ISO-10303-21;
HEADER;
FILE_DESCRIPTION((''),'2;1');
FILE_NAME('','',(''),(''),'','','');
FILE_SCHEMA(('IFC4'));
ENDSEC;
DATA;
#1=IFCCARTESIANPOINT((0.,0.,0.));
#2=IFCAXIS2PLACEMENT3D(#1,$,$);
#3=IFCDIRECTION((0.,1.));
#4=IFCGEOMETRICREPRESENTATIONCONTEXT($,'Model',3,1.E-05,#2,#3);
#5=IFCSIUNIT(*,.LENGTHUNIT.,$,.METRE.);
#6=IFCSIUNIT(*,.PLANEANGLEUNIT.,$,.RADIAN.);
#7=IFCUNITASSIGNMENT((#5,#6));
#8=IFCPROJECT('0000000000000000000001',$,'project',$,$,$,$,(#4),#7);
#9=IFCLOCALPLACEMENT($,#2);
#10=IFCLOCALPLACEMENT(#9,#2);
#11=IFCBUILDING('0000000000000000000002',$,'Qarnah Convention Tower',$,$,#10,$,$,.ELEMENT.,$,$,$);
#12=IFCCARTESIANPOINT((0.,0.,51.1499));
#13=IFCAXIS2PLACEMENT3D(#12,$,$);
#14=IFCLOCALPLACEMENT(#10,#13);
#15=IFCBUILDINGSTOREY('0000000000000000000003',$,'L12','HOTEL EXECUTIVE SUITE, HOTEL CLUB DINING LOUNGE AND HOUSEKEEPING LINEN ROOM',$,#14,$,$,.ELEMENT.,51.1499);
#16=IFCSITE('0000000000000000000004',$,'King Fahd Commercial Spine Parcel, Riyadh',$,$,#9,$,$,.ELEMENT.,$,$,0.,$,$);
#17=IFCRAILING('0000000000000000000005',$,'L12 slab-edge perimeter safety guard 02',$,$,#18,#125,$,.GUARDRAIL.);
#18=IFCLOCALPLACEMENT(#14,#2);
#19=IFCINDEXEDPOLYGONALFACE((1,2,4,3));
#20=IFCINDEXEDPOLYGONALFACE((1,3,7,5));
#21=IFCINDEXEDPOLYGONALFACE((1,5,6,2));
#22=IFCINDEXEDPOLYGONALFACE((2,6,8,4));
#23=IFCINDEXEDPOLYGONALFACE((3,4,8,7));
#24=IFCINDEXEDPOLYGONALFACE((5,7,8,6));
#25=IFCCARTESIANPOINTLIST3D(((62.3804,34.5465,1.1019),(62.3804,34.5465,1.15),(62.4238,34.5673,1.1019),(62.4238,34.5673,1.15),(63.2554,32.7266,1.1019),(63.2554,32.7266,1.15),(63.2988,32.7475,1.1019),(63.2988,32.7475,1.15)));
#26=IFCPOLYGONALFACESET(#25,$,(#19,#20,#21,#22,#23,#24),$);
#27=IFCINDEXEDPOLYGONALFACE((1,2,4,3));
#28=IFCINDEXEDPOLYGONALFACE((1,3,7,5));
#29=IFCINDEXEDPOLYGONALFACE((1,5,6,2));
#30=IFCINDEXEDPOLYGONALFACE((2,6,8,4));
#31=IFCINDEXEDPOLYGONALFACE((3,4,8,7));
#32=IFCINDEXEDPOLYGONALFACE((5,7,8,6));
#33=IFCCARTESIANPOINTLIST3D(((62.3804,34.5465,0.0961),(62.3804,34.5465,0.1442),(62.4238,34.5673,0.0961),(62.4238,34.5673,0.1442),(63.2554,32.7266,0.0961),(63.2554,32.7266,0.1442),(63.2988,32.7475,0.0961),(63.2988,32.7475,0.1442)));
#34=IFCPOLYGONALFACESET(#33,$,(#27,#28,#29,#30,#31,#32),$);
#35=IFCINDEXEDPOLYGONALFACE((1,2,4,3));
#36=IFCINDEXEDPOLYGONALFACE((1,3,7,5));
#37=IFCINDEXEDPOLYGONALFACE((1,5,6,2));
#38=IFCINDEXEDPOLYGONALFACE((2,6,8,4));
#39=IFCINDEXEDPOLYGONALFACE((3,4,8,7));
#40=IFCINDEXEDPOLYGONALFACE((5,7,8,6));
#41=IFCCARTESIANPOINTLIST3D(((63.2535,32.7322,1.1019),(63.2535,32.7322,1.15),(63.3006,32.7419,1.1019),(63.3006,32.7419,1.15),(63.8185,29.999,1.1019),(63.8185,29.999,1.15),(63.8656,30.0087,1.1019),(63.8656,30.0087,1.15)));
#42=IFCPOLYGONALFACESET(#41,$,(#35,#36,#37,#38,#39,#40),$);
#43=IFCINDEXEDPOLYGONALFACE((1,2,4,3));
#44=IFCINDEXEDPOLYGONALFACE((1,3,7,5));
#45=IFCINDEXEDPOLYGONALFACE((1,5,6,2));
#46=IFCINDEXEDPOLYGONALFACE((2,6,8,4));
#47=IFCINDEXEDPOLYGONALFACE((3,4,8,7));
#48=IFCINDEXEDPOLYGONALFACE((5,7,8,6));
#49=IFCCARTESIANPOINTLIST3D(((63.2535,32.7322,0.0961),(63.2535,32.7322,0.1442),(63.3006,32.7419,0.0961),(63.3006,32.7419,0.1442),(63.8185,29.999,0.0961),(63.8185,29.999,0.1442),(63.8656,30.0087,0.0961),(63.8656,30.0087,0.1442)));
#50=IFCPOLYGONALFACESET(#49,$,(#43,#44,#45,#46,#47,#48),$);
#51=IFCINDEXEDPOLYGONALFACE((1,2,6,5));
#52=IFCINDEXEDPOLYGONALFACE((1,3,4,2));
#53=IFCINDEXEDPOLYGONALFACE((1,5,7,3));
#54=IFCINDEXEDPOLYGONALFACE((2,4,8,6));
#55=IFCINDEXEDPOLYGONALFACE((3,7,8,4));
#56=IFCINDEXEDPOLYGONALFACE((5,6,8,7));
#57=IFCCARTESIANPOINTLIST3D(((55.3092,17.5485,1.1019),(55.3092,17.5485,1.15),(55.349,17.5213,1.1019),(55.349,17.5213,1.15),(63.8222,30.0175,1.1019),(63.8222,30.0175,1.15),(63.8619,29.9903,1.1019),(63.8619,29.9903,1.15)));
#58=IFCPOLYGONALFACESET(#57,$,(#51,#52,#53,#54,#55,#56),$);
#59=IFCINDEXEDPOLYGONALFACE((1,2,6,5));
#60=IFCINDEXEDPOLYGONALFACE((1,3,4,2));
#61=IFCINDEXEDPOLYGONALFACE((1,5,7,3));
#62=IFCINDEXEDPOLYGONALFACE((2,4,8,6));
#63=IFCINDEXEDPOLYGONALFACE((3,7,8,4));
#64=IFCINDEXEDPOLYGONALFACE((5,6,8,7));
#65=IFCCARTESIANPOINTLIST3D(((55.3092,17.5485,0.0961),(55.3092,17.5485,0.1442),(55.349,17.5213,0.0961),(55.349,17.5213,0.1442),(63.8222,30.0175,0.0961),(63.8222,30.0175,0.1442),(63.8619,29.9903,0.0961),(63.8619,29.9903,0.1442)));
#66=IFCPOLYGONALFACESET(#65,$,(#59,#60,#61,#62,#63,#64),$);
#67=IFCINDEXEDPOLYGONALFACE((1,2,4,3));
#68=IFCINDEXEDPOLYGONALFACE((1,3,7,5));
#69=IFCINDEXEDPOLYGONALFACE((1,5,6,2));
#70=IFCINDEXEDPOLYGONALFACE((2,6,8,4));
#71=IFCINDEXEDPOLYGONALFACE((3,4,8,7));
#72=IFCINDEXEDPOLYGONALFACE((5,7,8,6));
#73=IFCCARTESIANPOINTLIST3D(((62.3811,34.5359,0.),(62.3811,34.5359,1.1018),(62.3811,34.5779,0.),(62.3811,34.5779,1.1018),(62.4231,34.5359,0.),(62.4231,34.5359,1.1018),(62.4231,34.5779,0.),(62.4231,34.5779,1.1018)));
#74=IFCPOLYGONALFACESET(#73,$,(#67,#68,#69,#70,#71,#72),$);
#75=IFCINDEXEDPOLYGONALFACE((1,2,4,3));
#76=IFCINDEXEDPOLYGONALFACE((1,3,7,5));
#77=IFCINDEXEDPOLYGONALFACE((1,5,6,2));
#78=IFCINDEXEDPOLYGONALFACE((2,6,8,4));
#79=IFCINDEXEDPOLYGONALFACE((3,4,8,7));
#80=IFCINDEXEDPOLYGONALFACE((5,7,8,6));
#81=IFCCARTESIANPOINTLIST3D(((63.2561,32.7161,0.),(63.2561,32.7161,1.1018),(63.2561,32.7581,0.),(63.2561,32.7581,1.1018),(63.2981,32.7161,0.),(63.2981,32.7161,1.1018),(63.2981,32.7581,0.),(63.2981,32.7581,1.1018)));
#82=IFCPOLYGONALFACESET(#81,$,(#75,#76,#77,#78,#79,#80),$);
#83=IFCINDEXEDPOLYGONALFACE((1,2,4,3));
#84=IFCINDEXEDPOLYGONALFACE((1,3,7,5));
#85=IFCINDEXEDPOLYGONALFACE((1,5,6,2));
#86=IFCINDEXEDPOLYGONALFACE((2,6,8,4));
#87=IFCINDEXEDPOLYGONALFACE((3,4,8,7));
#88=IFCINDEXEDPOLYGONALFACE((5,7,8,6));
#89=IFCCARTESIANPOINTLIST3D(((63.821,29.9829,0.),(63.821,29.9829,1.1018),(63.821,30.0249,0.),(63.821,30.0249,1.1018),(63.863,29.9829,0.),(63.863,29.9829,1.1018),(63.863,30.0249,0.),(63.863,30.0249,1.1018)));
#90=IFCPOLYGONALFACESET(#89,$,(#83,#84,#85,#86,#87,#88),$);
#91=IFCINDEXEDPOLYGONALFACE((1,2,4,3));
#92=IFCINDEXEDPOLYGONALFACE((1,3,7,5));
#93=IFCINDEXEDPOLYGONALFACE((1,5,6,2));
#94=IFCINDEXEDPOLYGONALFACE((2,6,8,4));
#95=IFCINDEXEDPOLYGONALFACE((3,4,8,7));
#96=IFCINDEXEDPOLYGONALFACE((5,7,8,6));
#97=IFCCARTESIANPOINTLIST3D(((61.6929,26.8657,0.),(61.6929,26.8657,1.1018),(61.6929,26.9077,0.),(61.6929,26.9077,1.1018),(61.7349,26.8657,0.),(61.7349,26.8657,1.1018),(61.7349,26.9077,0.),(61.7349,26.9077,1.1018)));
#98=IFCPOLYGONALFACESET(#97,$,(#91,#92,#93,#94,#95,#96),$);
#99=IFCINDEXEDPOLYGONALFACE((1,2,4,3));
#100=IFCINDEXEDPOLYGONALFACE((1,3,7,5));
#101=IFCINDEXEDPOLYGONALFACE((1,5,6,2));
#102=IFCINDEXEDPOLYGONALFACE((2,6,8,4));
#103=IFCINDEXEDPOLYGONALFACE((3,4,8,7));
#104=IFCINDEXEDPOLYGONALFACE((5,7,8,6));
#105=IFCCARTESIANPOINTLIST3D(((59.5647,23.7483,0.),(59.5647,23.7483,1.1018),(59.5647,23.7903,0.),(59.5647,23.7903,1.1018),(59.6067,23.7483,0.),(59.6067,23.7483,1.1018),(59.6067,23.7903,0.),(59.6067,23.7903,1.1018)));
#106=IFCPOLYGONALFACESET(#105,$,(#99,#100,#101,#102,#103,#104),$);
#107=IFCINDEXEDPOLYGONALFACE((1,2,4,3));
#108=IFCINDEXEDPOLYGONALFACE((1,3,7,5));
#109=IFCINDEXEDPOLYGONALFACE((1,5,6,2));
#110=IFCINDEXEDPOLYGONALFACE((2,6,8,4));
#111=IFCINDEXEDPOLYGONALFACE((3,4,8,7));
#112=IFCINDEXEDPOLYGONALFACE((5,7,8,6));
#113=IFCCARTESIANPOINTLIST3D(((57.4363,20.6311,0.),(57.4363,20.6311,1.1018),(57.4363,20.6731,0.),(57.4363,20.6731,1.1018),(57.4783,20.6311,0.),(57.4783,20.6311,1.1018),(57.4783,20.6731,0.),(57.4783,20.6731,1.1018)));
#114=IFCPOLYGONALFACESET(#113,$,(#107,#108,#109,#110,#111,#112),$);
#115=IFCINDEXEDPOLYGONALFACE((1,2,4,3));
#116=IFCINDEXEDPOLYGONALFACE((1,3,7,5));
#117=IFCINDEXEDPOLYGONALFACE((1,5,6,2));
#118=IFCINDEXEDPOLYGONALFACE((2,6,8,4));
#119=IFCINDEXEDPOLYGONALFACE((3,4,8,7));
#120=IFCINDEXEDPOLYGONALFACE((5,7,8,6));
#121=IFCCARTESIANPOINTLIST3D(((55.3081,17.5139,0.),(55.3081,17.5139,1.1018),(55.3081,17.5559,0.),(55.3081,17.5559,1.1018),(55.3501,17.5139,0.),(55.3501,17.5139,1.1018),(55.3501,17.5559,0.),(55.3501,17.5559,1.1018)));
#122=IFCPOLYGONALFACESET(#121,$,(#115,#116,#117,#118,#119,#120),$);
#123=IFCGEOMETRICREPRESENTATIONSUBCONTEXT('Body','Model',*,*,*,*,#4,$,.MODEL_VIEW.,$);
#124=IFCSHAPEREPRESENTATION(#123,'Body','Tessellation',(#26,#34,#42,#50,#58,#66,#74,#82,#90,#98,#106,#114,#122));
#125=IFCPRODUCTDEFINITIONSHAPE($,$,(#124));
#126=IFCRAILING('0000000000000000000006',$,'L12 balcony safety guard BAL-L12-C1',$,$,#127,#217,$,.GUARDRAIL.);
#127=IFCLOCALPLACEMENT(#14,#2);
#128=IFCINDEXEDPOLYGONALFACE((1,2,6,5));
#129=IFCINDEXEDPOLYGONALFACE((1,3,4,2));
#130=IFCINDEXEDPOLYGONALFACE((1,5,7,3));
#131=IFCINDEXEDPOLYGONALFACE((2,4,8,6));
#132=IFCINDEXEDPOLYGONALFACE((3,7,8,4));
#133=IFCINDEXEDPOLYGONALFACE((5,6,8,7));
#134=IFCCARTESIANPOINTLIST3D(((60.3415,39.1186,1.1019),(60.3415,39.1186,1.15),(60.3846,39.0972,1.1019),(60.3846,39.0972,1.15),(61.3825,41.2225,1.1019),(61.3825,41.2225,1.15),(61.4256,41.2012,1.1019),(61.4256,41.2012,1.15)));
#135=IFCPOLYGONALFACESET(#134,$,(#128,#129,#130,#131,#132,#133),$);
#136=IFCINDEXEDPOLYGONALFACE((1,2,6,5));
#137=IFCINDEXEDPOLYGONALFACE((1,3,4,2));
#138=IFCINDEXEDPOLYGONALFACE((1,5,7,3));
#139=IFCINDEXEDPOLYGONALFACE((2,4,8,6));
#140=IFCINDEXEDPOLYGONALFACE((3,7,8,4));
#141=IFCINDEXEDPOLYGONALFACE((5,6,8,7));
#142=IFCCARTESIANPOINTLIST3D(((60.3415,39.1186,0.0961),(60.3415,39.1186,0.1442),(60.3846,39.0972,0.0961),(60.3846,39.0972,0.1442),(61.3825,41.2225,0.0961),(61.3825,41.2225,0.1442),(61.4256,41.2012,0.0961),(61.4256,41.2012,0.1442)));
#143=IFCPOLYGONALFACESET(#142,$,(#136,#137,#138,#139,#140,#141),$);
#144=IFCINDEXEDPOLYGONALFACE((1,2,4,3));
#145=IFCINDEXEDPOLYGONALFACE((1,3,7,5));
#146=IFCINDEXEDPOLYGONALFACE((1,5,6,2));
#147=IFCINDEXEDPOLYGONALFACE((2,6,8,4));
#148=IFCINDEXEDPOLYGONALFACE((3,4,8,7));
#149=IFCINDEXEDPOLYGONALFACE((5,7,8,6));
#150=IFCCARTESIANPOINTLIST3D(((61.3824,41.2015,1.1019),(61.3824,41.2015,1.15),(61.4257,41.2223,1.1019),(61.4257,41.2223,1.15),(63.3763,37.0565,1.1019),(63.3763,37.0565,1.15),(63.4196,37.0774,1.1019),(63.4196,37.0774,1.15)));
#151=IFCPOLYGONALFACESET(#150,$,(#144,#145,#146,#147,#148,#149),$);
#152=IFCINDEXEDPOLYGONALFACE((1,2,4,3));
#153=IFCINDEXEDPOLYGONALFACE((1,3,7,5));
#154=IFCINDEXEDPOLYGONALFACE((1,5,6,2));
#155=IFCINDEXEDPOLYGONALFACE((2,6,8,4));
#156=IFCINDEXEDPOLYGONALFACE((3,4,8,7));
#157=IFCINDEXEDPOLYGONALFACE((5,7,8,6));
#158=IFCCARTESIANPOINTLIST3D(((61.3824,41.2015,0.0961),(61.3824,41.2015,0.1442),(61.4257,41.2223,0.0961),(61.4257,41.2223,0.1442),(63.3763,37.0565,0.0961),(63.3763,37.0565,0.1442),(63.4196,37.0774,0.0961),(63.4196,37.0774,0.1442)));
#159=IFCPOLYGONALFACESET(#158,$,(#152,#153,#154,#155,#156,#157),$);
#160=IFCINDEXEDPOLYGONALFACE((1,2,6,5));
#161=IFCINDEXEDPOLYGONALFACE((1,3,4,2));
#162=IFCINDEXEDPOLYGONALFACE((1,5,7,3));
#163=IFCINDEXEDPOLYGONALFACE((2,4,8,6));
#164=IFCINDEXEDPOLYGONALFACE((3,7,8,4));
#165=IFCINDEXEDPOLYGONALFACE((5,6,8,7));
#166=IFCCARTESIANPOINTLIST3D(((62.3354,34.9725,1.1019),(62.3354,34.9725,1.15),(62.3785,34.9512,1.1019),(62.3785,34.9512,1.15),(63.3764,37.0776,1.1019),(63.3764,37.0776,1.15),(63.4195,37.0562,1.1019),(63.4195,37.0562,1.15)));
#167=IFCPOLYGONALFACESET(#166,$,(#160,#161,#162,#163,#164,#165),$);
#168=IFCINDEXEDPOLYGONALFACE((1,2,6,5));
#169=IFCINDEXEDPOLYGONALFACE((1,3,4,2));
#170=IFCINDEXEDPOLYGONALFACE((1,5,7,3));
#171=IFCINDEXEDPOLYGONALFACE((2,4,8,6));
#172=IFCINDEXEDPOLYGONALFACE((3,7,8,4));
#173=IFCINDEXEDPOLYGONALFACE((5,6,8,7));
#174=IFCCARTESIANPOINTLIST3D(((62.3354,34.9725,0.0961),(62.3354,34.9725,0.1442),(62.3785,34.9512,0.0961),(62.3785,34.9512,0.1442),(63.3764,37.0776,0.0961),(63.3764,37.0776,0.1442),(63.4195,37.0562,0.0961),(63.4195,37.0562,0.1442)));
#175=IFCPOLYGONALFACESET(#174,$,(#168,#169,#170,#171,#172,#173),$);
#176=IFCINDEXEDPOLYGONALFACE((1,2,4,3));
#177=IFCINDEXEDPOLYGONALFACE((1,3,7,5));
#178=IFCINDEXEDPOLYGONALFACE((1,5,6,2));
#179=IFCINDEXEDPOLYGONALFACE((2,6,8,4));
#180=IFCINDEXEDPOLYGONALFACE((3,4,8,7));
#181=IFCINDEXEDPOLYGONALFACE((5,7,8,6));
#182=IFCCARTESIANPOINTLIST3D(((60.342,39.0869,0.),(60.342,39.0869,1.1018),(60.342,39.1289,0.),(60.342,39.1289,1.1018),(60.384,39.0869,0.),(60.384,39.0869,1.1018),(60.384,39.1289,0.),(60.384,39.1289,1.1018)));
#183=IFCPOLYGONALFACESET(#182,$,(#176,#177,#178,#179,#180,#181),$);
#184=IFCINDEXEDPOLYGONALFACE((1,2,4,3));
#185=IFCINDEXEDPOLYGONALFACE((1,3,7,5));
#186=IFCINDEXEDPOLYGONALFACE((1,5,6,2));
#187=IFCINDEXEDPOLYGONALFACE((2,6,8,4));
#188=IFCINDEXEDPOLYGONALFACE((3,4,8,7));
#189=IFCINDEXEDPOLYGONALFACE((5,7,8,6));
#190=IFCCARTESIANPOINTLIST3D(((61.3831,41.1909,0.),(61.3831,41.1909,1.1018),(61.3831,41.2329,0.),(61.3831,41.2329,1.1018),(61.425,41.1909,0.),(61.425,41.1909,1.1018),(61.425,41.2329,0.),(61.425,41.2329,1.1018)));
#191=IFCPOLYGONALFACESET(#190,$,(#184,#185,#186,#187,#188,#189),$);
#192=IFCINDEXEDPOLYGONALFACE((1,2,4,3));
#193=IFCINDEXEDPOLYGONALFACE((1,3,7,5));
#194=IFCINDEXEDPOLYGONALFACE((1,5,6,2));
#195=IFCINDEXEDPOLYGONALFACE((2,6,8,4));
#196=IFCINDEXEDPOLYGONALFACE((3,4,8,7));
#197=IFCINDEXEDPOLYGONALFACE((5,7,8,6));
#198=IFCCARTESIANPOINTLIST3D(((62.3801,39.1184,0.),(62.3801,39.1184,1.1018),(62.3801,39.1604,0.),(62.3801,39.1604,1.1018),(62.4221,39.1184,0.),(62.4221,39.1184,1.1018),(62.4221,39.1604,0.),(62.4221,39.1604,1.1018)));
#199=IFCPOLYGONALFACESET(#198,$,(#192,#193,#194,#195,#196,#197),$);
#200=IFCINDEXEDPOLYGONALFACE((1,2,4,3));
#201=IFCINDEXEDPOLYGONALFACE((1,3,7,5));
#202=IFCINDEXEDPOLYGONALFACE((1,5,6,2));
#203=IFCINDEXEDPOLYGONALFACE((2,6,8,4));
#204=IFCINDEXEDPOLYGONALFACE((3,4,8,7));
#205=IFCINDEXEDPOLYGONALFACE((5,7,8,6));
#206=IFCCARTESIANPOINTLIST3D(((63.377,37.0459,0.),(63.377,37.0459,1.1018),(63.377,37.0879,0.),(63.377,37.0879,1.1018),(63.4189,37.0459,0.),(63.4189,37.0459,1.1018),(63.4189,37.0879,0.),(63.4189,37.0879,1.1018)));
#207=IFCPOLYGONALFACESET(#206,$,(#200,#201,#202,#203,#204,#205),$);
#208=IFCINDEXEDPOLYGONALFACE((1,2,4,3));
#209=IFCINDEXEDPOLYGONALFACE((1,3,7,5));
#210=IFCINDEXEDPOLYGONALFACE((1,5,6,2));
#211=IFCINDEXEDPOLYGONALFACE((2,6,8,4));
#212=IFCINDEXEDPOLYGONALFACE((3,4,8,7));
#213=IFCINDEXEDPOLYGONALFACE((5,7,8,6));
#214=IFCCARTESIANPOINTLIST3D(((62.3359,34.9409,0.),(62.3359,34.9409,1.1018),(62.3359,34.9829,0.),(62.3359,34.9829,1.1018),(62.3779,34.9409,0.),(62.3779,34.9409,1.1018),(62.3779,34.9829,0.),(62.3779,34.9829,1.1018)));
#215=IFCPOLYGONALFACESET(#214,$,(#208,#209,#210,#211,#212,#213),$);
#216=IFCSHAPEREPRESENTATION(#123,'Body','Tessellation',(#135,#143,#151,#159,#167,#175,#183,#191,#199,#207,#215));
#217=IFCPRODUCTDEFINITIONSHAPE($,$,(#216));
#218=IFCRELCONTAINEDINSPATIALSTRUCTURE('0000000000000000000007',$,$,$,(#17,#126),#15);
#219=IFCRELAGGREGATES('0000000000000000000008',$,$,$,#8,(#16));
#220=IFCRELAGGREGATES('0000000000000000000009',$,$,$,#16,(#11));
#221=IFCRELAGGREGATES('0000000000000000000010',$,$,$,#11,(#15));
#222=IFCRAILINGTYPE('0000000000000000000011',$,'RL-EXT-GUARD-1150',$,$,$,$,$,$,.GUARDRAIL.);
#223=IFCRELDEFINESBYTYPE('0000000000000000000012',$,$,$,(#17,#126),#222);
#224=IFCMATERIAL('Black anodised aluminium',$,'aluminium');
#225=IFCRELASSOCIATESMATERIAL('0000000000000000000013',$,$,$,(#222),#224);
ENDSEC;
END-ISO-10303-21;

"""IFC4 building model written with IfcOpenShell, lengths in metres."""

from ifc_helpers import new_model, si_unit, direction, frame, origin, origin_2d, place, context, subcontext, project, spatial, rectangle, extrude, material, type_object, element, save


model = new_model("IFC4")

# Units and contexts
model_context = context("Model", 3, precision=1e-05, world=origin(), true_north=direction((0.0, 1.0)))
body_context = subcontext(model_context, "Body", "Model", "MODEL_VIEW")
ifc_project = project(units=[si_unit("LENGTHUNIT", "METRE"), si_unit("PLANEANGLEUNIT", "RADIAN")], contexts=[model_context])

# Site, building, storey
site_placement = place(None, origin())
site = spatial("IfcSite", under=ifc_project, at=site_placement, Name="King Fahd Commercial Spine Parcel, Riyadh", CompositionType="ELEMENT", RefElevation=0.0)
building_placement = place(site_placement, origin())
building = spatial("IfcBuilding", under=site, at=building_placement, Name="Qarnah Convention Tower", CompositionType="ELEMENT")
storey_placement = place(building_placement, frame((0.0, 0.0, 51.1499)))
storey = spatial("IfcBuildingStorey", under=building, at=storey_placement, Name="L12", Description="HOTEL EXECUTIVE SUITE, HOTEL CLUB DINING LOUNGE AND HOUSEKEEPING LINEN ROOM", CompositionType="ELEMENT", Elevation=51.1499)

# Shared definitions
ifc_material_1 = material(Name="Black anodised aluminium", Category="aluminium")

# Railings
railing_type = type_object("IfcRailingType", Name="RL-EXT-GUARD-1150", PredefinedType="GUARDRAIL", material=ifc_material_1)
railing_1_placement = place(storey_placement, frame((62.4021, 34.5569, 0.0)))
element("IfcRailing", 1, at=railing_1_placement, inside=storey, type_object=railing_type, Name="L12 slab-edge perimeter safety guard 02", PredefinedType="GUARDRAIL", context=body_context, shape_type="SweptSolid", body=[
    extrude(rectangle(XDim=0.0481, YDim=0.0481, at=origin_2d()), frame((0.0, 0.0, 1.126), z_axis=(0.433328, -0.901236, 0.0), x_axis=(0.901236, 0.433328, 0.0)), (0.0, 0.0, 1.0), 2.0193),
    extrude(rectangle(XDim=0.0481, YDim=0.0481, at=origin_2d()), frame((0.0, 0.0, 0.1201), z_axis=(0.433328, -0.901236, 0.0), x_axis=(0.901236, 0.433328, 0.0)), (0.0, 0.0, 1.0), 2.0193),
    extrude(rectangle(XDim=0.0481, YDim=0.0481, at=origin_2d()), frame((0.875, -1.8198, 1.126), z_axis=(0.20242, -0.979299, 0.0), x_axis=(0.979299, 0.20242, 0.0)), (0.0, 0.0, 1.0), 2.791),
    extrude(rectangle(XDim=0.0481, YDim=0.0481, at=origin_2d()), frame((0.875, -1.8198, 0.1201), z_axis=(0.20242, -0.979299, 0.0), x_axis=(0.979299, 0.20242, 0.0)), (0.0, 0.0, 1.0), 2.791),
    extrude(rectangle(XDim=0.0481, YDim=0.0481, at=origin_2d()), frame((1.4399, -4.553, 1.126), z_axis=(-0.56385, -0.825877, 0.0), x_axis=(0.825877, -0.56385, 0.0)), (0.0, 0.0, 1.0), 15.0979),
    extrude(rectangle(XDim=0.0481, YDim=0.0481, at=origin_2d()), frame((1.4399, -4.553, 0.1201), z_axis=(-0.56385, -0.825877, 0.0), x_axis=(0.825877, -0.56385, 0.0)), (0.0, 0.0, 1.0), 15.0979),
    extrude(rectangle(XDim=0.042, YDim=0.042, at=origin_2d()), origin(), (0.0, 0.0, 1.0), 1.1018),
    extrude(rectangle(XDim=0.042, YDim=0.042, at=origin_2d()), frame((0.875, -1.8198, 0.0)), (0.0, 0.0, 1.0), 1.1018),
    extrude(rectangle(XDim=0.042, YDim=0.042, at=origin_2d()), frame((1.4399, -4.553, 0.0)), (0.0, 0.0, 1.0), 1.1018),
    extrude(rectangle(XDim=0.042, YDim=0.042, at=origin_2d()), frame((-0.6882, -7.6702, 0.0)), (0.0, 0.0, 1.0), 1.1018),
    extrude(rectangle(XDim=0.042, YDim=0.042, at=origin_2d()), frame((-2.8164, -10.7876, 0.0)), (0.0, 0.0, 1.0), 1.1018),
    extrude(rectangle(XDim=0.042, YDim=0.042, at=origin_2d()), frame((-4.9448, -13.9048, 0.0)), (0.0, 0.0, 1.0), 1.1018),
    extrude(rectangle(XDim=0.042, YDim=0.042, at=origin_2d()), frame((-7.073, -17.022, 0.0)), (0.0, 0.0, 1.0), 1.1018),
])
railing_2_placement = place(storey_placement, frame((60.363, 39.1079, 0.0)))
element("IfcRailing", 2, at=railing_2_placement, inside=storey, type_object=railing_type, Name="L12 balcony safety guard BAL-L12-C1", PredefinedType="GUARDRAIL", context=body_context, shape_type="SweptSolid", body=[
    extrude(rectangle(XDim=0.0481, YDim=0.0481, at=origin_2d()), frame((0.0, 0.0, 1.126), z_axis=(0.443466, 0.896291, 0.0), x_axis=(-0.896291, 0.443466, 0.0)), (0.0, 0.0, 1.0), 2.3474),
    extrude(rectangle(XDim=0.0481, YDim=0.0481, at=origin_2d()), frame((0.0, 0.0, 0.1201), z_axis=(0.443466, 0.896291, 0.0), x_axis=(-0.896291, 0.443466, 0.0)), (0.0, 0.0, 1.0), 2.3474),
    extrude(rectangle(XDim=0.0481, YDim=0.0481, at=origin_2d()), frame((1.041, 2.104, 1.126), z_axis=(0.433488, -0.901159, 0.0), x_axis=(0.901159, 0.433488, 0.0)), (0.0, 0.0, 1.0), 4.5996),
    extrude(rectangle(XDim=0.0481, YDim=0.0481, at=origin_2d()), frame((1.041, 2.104, 0.1201), z_axis=(0.433488, -0.901159, 0.0), x_axis=(0.901159, 0.433488, 0.0)), (0.0, 0.0, 1.0), 4.5996),
    extrude(rectangle(XDim=0.0481, YDim=0.0481, at=origin_2d()), frame((3.0349, -2.041, 1.126), z_axis=(-0.4433, -0.896373, 0.0), x_axis=(0.896373, -0.4433, 0.0)), (0.0, 0.0, 1.0), 2.3484),
    extrude(rectangle(XDim=0.0481, YDim=0.0481, at=origin_2d()), frame((3.0349, -2.041, 0.1201), z_axis=(-0.4433, -0.896373, 0.0), x_axis=(0.896373, -0.4433, 0.0)), (0.0, 0.0, 1.0), 2.3484),
    extrude(rectangle(XDim=0.042, YDim=0.042, at=origin_2d()), origin(), (0.0, 0.0, 1.0), 1.1018),
    extrude(rectangle(XDim=0.042, YDim=0.042, at=origin_2d()), frame((1.041, 2.104, 0.0)), (0.0, 0.0, 1.0), 1.1018),
    extrude(rectangle(XDim=0.042, YDim=0.042, at=origin_2d()), frame((2.0381, 0.0315, 0.0)), (0.0, 0.0, 1.0), 1.1018),
    extrude(rectangle(XDim=0.042, YDim=0.042, at=origin_2d()), frame((3.0349, -2.041, 0.0)), (0.0, 0.0, 1.0), 1.1018),
    extrude(rectangle(XDim=0.042, YDim=0.042, at=origin_2d()), frame((1.9939, -4.146, 0.0)), (0.0, 0.0, 1.0), 1.1018),
])

save(model, "model.ifc")
